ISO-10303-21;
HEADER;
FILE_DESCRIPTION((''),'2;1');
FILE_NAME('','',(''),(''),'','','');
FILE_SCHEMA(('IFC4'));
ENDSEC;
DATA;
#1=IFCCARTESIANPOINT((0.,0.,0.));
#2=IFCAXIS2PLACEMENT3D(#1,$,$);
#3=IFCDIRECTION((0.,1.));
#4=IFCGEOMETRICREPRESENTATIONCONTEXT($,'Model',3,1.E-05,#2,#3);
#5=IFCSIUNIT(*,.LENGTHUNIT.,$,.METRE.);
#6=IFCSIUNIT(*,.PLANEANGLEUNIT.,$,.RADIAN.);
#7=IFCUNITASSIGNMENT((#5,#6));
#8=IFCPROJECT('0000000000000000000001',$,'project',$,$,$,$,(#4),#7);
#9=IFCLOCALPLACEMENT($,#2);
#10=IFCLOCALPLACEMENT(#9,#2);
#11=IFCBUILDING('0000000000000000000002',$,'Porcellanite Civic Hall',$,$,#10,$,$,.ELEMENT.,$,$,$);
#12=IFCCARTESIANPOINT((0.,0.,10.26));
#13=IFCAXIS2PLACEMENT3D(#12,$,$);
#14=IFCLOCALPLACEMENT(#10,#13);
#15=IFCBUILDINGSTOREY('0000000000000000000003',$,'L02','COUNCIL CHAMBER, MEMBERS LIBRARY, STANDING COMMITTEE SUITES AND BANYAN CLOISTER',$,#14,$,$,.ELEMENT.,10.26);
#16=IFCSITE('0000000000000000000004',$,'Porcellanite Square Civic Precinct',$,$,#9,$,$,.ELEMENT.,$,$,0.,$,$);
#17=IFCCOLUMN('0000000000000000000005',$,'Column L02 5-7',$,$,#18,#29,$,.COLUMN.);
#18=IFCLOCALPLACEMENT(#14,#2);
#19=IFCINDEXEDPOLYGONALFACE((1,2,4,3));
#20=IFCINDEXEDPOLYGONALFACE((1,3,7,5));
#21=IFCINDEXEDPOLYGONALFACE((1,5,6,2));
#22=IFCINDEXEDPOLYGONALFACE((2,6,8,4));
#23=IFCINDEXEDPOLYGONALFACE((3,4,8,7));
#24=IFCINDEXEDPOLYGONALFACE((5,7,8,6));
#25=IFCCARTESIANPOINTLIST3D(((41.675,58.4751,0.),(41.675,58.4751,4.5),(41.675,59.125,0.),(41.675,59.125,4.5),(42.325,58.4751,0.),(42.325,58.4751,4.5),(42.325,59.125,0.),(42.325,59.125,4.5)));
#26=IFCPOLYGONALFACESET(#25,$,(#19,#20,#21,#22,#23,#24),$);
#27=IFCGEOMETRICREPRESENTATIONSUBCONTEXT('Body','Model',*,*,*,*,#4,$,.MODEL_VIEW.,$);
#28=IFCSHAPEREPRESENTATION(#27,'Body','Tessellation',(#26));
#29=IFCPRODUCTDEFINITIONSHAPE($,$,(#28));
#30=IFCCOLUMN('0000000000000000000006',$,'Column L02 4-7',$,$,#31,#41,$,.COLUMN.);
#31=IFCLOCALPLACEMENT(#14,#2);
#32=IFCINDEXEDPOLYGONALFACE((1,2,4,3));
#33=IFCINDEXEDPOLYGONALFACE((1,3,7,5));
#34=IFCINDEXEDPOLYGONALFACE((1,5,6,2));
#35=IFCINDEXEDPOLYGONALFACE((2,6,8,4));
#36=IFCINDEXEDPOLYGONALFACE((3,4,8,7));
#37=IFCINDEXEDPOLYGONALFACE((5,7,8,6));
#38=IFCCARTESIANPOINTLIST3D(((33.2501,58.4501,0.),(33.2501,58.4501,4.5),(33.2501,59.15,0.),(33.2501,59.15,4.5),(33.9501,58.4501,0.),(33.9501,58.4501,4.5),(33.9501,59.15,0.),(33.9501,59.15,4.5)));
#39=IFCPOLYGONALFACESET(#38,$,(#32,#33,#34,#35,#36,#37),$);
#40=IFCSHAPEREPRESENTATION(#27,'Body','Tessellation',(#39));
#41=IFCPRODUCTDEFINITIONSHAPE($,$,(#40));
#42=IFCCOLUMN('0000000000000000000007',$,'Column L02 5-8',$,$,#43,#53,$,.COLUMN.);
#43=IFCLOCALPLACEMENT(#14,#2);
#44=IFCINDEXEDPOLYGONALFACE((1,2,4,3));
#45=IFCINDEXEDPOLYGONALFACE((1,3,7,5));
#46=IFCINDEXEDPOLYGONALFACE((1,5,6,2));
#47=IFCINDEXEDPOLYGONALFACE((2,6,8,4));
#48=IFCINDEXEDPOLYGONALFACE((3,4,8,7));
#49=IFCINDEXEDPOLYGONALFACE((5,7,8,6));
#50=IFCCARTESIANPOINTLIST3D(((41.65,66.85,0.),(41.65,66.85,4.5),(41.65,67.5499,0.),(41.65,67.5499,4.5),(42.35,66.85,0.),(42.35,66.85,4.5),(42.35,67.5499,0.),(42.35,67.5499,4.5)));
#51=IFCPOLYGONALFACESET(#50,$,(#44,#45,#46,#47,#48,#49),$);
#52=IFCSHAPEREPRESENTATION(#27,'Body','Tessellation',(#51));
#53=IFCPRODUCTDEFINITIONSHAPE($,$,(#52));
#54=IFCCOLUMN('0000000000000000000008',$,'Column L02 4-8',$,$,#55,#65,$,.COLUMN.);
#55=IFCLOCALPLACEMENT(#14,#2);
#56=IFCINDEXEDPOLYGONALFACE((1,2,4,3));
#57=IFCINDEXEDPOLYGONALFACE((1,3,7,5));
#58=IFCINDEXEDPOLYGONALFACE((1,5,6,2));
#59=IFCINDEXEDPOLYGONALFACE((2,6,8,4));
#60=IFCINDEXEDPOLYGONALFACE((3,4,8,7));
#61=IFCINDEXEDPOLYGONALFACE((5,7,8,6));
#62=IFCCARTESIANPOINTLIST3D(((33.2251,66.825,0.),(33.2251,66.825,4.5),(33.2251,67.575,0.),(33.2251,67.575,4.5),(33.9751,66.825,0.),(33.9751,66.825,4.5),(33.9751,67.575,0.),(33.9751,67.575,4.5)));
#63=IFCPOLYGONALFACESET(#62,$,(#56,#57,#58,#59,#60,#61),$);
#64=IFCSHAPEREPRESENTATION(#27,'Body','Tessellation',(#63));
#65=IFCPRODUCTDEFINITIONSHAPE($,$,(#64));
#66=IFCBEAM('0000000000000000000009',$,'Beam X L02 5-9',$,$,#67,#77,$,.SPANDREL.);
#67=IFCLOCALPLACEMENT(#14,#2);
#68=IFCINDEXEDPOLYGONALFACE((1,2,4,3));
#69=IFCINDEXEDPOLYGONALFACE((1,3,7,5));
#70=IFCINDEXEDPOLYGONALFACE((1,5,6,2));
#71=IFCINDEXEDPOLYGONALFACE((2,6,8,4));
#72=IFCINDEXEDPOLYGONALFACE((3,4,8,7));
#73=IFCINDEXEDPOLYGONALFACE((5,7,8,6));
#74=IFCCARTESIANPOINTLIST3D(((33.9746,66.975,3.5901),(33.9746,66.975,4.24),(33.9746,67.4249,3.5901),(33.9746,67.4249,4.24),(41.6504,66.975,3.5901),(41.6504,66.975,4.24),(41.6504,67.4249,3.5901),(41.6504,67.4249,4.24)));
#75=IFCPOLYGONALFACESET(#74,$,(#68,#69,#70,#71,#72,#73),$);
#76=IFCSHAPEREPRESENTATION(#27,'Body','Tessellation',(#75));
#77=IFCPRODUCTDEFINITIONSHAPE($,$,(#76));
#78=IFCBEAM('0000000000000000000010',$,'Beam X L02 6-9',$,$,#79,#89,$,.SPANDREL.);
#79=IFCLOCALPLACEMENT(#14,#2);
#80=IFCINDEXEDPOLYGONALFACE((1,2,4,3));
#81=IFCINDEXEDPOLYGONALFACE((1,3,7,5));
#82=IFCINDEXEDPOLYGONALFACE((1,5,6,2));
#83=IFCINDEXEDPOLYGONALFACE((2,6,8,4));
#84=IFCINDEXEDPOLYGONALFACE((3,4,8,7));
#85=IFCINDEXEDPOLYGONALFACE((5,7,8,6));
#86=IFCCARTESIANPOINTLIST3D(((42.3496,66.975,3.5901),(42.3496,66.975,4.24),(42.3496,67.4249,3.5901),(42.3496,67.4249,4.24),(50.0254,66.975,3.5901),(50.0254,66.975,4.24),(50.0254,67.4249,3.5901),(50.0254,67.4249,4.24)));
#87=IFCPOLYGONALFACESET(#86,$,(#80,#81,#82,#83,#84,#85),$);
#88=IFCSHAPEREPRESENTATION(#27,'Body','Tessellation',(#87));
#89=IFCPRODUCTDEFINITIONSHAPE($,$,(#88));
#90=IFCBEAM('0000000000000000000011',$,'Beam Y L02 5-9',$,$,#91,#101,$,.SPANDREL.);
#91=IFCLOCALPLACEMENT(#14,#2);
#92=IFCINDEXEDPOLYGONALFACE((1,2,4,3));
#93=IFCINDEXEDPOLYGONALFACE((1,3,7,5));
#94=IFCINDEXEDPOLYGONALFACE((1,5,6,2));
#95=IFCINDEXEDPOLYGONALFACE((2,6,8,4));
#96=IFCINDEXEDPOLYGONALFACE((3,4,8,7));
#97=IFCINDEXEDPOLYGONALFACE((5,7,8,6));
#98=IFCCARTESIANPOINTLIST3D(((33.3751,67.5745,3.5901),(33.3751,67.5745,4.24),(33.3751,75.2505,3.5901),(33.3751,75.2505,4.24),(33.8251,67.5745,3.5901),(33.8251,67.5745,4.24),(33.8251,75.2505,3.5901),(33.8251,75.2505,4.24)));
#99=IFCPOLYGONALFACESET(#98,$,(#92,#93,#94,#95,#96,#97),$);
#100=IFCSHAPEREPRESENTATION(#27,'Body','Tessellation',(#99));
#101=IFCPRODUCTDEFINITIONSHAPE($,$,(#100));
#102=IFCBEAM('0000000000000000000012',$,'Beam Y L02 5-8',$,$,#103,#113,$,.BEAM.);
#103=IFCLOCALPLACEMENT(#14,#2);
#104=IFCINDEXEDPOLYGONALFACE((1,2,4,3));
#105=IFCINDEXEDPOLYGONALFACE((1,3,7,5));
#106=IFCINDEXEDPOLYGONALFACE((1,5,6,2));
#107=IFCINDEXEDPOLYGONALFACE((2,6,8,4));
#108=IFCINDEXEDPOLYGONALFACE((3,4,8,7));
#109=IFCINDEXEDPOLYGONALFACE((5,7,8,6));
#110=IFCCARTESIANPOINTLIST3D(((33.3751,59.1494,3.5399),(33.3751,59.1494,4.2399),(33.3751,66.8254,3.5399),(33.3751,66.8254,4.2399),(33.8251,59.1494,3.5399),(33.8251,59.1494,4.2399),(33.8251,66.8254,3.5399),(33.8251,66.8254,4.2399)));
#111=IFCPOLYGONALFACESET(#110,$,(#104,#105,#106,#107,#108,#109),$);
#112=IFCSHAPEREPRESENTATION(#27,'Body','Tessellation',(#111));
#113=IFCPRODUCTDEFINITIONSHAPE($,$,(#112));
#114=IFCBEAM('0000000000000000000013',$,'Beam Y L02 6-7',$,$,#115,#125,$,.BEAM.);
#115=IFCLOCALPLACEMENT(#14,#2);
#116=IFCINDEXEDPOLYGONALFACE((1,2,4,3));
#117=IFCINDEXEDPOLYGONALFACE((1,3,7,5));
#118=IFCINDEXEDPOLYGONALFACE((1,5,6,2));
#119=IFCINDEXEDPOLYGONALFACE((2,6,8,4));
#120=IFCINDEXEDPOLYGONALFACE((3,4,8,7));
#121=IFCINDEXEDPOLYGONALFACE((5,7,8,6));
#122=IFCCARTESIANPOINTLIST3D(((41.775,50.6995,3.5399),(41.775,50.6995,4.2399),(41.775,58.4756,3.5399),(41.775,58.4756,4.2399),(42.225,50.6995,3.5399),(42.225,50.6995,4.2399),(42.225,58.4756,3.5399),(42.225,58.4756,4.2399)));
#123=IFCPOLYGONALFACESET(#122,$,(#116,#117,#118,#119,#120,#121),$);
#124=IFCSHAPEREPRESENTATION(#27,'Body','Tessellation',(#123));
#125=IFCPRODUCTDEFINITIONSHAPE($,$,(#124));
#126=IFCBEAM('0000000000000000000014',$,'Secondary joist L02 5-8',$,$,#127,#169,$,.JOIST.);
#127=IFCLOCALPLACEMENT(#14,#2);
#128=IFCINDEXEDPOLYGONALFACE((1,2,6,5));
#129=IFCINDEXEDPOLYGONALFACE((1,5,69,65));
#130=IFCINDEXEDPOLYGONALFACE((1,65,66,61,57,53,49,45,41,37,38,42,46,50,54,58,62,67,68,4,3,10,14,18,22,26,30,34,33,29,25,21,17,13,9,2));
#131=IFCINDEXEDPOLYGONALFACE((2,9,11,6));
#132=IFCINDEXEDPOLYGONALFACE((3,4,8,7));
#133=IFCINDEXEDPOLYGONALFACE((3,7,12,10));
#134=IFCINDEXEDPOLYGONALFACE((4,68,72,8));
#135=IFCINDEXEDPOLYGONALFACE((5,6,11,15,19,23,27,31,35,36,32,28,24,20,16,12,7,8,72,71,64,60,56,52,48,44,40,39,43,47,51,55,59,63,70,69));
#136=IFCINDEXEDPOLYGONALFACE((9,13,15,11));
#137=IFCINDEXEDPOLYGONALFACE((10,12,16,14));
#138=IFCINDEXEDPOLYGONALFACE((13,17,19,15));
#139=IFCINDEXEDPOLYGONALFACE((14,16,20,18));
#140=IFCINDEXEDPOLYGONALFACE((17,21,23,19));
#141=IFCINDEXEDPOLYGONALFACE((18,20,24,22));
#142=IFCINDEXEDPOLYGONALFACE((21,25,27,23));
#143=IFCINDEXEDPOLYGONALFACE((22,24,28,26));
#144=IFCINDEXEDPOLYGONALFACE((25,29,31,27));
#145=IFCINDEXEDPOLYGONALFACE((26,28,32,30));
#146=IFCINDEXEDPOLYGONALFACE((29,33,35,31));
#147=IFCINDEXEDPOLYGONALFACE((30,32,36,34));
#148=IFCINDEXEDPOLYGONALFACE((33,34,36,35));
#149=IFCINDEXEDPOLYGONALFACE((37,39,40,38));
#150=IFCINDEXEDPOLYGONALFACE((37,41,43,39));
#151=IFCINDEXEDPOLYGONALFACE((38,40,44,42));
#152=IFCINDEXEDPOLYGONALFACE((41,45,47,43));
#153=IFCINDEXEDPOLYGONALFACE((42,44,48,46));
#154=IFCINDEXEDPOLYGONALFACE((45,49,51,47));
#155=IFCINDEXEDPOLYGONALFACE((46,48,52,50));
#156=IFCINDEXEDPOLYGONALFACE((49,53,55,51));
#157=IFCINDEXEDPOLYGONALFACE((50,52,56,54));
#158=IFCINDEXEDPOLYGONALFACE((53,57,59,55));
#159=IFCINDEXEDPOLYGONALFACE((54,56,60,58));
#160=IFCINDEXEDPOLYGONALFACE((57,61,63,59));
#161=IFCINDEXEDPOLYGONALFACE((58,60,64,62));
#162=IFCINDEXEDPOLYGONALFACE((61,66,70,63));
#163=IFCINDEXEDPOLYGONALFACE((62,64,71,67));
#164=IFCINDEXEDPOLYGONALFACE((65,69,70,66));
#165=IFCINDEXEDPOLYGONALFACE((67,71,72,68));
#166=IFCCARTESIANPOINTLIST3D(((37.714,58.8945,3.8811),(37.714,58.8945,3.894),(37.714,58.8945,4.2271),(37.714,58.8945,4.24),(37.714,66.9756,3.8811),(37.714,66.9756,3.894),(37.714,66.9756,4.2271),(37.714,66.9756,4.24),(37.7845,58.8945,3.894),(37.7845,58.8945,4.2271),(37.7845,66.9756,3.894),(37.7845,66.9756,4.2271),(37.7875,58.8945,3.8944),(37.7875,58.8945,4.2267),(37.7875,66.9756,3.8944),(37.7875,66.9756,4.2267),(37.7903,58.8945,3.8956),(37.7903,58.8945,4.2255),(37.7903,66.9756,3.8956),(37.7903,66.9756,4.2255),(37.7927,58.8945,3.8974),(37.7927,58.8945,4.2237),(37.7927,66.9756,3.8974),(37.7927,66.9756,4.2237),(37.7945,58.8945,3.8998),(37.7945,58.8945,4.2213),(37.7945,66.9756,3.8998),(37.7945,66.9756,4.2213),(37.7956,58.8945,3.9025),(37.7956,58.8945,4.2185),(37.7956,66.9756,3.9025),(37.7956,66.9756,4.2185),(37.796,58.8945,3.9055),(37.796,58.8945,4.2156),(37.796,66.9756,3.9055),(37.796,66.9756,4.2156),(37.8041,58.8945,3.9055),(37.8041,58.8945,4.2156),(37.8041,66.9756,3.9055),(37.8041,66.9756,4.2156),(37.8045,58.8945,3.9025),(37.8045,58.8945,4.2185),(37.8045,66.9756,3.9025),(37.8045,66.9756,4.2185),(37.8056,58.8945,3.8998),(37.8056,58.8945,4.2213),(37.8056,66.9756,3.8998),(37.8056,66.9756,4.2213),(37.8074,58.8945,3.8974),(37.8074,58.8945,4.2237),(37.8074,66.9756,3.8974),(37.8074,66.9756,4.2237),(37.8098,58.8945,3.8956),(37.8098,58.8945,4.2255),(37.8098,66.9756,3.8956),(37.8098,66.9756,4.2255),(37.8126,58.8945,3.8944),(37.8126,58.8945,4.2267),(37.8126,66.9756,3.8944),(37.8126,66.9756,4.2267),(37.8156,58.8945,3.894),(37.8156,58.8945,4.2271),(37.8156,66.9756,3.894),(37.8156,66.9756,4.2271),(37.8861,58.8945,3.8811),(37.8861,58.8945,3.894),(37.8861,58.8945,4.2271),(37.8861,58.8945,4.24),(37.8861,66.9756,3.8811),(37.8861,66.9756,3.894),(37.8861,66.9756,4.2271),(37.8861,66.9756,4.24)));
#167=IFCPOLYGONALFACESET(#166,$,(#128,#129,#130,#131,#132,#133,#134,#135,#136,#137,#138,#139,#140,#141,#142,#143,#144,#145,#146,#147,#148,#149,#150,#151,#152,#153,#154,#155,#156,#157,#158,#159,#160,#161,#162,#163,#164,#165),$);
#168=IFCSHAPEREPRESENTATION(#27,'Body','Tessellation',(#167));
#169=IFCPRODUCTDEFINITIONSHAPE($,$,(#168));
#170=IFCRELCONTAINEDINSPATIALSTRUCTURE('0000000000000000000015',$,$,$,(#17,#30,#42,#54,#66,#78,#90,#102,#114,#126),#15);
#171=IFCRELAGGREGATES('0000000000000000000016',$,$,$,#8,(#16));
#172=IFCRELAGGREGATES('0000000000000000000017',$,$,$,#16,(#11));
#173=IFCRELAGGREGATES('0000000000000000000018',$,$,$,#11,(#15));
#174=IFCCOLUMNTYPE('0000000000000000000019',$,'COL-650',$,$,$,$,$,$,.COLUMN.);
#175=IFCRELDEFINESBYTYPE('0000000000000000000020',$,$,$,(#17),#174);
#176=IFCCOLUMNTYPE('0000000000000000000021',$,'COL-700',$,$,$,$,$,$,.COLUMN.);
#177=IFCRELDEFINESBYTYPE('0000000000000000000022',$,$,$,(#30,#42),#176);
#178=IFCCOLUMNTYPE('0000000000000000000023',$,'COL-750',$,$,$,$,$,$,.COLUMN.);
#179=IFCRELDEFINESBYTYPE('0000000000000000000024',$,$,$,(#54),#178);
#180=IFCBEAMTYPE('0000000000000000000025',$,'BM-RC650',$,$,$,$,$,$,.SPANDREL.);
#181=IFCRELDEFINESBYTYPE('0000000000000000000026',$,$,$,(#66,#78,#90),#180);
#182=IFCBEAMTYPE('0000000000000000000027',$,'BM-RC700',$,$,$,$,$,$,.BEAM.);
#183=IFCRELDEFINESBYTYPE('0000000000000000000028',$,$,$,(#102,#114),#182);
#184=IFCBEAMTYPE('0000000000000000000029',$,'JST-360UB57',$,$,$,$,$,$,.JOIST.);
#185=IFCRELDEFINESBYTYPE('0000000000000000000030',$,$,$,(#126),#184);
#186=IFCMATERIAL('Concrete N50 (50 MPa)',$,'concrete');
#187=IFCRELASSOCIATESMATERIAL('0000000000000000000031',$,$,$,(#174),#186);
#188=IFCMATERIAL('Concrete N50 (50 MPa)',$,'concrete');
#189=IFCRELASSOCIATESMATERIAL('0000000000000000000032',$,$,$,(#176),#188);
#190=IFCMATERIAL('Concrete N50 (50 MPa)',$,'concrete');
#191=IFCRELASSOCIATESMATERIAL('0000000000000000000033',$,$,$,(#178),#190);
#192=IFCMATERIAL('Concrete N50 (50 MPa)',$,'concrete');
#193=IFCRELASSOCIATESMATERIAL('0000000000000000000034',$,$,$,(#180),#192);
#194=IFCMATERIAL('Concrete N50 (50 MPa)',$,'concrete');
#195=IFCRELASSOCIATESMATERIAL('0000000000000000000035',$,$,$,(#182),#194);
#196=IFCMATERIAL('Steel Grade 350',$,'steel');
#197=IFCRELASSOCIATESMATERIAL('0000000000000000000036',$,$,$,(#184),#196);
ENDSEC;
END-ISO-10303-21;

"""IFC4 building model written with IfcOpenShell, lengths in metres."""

from ifc_helpers import new_model, si_unit, direction, frame, origin, origin_2d, place, context, subcontext, project, spatial, rectangle, i_section, extrude, material, material_profile, profile_set, type_object, element, save


model = new_model("IFC4")

# Units and contexts
model_context = context("Model", 3, precision=1e-05, world=origin(), true_north=direction((0.0, 1.0)))
body_context = subcontext(model_context, "Body", "Model", "MODEL_VIEW")
ifc_project = project(units=[si_unit("LENGTHUNIT", "METRE"), si_unit("PLANEANGLEUNIT", "RADIAN")], contexts=[model_context])

# Site, building, storey
site_placement = place(None, origin())
site = spatial("IfcSite", under=ifc_project, at=site_placement, Name="Porcellanite Square Civic Precinct", CompositionType="ELEMENT", RefElevation=0.0)
building_placement = place(site_placement, origin())
building = spatial("IfcBuilding", under=site, at=building_placement, Name="Porcellanite Civic Hall", CompositionType="ELEMENT")
storey_placement = place(building_placement, frame((0.0, 0.0, 10.26)))
storey = spatial("IfcBuildingStorey", under=building, at=storey_placement, Name="L02", Description="COUNCIL CHAMBER, MEMBERS LIBRARY, STANDING COMMITTEE SUITES AND BANYAN CLOISTER", CompositionType="ELEMENT", Elevation=10.26)

# Columns
ifc_material_1 = material(Name="Concrete N50 (50 MPa)", Category="concrete")
ifc_material_profile_1 = material_profile(ifc_material_1, rectangle(XDim=0.6499, YDim=0.6499, at=origin_2d()), Name="RC-650x650")
ifc_profile_set_1 = profile_set([ifc_material_profile_1], Name="Concrete N50 (50 MPa)")
column_type_1 = type_object("IfcColumnType", Name="COL-650", PredefinedType="COLUMN", material=ifc_profile_set_1)
column_1_placement = place(storey_placement, frame((42.0, 58.8, 0.0), z_axis=(0.0, 0.0, 1.0), x_axis=(1.0, 0.0, 0.0)))
element("IfcColumn", 1, at=column_1_placement, inside=storey, type_object=column_type_1, Name="Column L02 5-7", PredefinedType="COLUMN", context=body_context, shape_type="SweptSolid", body=[
    extrude(rectangle(XDim=0.6499, YDim=0.6499, at=origin_2d()), origin(), (0.0, 0.0, 1.0), 4.5),
])
ifc_material_2 = material(Name="Concrete N50 (50 MPa)", Category="concrete")
ifc_material_profile_2 = material_profile(ifc_material_2, rectangle(XDim=0.7, YDim=0.7, at=origin_2d()), Name="RC-700x700")
ifc_profile_set_2 = profile_set([ifc_material_profile_2], Name="Concrete N50 (50 MPa)")
column_type_2 = type_object("IfcColumnType", Name="COL-700", PredefinedType="COLUMN", material=ifc_profile_set_2)
for number, where, z_axis, x_axis, name in (
    (2, (33.6001, 58.8, 0.0), (0.0, 0.0, 1.0), (1.0, 0.0, 0.0), "Column L02 4-7"),
    (3, (42.0, 67.2, 0.0), (0.0, 0.0, 1.0), (1.0, 0.0, 0.0), "Column L02 5-8"),
):
    element("IfcColumn", number, at=place(storey_placement, frame(where, z_axis=z_axis, x_axis=x_axis)), inside=storey, type_object=column_type_2, Name=name, PredefinedType="COLUMN", context=body_context, shape_type="SweptSolid", body=[
        extrude(rectangle(XDim=0.7, YDim=0.7, at=origin_2d()), origin(), (0.0, 0.0, 1.0), 4.5),
    ])
ifc_material_3 = material(Name="Concrete N50 (50 MPa)", Category="concrete")
ifc_material_profile_3 = material_profile(ifc_material_3, rectangle(XDim=0.75, YDim=0.75, at=origin_2d()), Name="RC-750x750")
ifc_profile_set_3 = profile_set([ifc_material_profile_3], Name="Concrete N50 (50 MPa)")
column_type_3 = type_object("IfcColumnType", Name="COL-750", PredefinedType="COLUMN", material=ifc_profile_set_3)
column_2_placement = place(storey_placement, frame((33.6001, 67.2, 0.0), z_axis=(0.0, 0.0, 1.0), x_axis=(1.0, 0.0, 0.0)))
element("IfcColumn", 4, at=column_2_placement, inside=storey, type_object=column_type_3, Name="Column L02 4-8", PredefinedType="COLUMN", context=body_context, shape_type="SweptSolid", body=[
    extrude(rectangle(XDim=0.75, YDim=0.75, at=origin_2d()), origin(), (0.0, 0.0, 1.0), 4.5),
])

# Beams
ifc_material_4 = material(Name="Concrete N50 (50 MPa)", Category="concrete")
ifc_material_profile_4 = material_profile(ifc_material_4, rectangle(XDim=0.45, YDim=0.6499, at=origin_2d()), Name="RC-450x650")
ifc_profile_set_4 = profile_set([ifc_material_profile_4], Name="Concrete N50 (50 MPa)")
beam_type_1 = type_object("IfcBeamType", Name="BM-RC650", PredefinedType="SPANDREL", material=ifc_profile_set_4)
for number, where, z_axis, x_axis, name in (
    (5, (33.9746, 67.2, 3.915), (1.0, 0.0, 0.0), (0.0, 1.0, 0.0), "Beam X L02 5-9"),
    (6, (42.3496, 67.2, 3.915), (1.0, 0.0, 0.0), (0.0, 1.0, 0.0), "Beam X L02 6-9"),
):
    element("IfcBeam", number, at=place(storey_placement, frame(where, z_axis=z_axis, x_axis=x_axis)), inside=storey, type_object=beam_type_1, Name=name, PredefinedType="SPANDREL", context=body_context, shape_type="SweptSolid", body=[
        extrude(rectangle(XDim=0.45, YDim=0.6499, at=origin_2d()), origin(), (0.0, 0.0, 1.0), 7.6758),
    ])
beam_1_placement = place(storey_placement, frame((33.6001, 67.5745, 3.915), z_axis=(0.0, 1.0, 0.0), x_axis=(-1.0, 0.0, 0.0)))
element("IfcBeam", 7, at=beam_1_placement, inside=storey, type_object=beam_type_1, Name="Beam Y L02 5-9", PredefinedType="SPANDREL", context=body_context, shape_type="SweptSolid", body=[
    extrude(rectangle(XDim=0.45, YDim=0.6499, at=origin_2d()), origin(), (0.0, 0.0, 1.0), 7.676),
])
ifc_material_5 = material(Name="Concrete N50 (50 MPa)", Category="concrete")
ifc_material_profile_5 = material_profile(ifc_material_5, rectangle(XDim=0.45, YDim=0.7, at=origin_2d()), Name="RC-450x700")
ifc_profile_set_5 = profile_set([ifc_material_profile_5], Name="Concrete N50 (50 MPa)")
beam_type_2 = type_object("IfcBeamType", Name="BM-RC700", PredefinedType="BEAM", material=ifc_profile_set_5)
beam_2_placement = place(storey_placement, frame((33.6001, 59.1494, 3.8899), z_axis=(0.0, 1.0, 0.0), x_axis=(-1.0, 0.0, 0.0)))
element("IfcBeam", 8, at=beam_2_placement, inside=storey, type_object=beam_type_2, Name="Beam Y L02 5-8", PredefinedType="BEAM", context=body_context, shape_type="SweptSolid", body=[
    extrude(rectangle(XDim=0.45, YDim=0.7, at=origin_2d()), origin(), (0.0, 0.0, 1.0), 7.676),
])
beam_3_placement = place(storey_placement, frame((42.0, 50.6995, 3.8899), z_axis=(0.0, 1.0, 0.0), x_axis=(-1.0, 0.0, 0.0)))
element("IfcBeam", 9, at=beam_3_placement, inside=storey, type_object=beam_type_2, Name="Beam Y L02 6-7", PredefinedType="BEAM", context=body_context, shape_type="SweptSolid", body=[
    extrude(rectangle(XDim=0.45, YDim=0.7, at=origin_2d()), origin(), (0.0, 0.0, 1.0), 7.7761),
])
ifc_material_6 = material(Name="Steel Grade 350", Category="steel")
ifc_material_profile_6 = material_profile(ifc_material_6, i_section(OverallWidth=0.1721, OverallDepth=0.3589, WebThickness=0.0081, FlangeThickness=0.0129, FilletRadius=0.0115, at=origin_2d()), Name="360UB56.7")
ifc_profile_set_6 = profile_set([ifc_material_profile_6], Name="Steel Grade 350")
beam_type_3 = type_object("IfcBeamType", Name="JST-360UB57", PredefinedType="JOIST", material=ifc_profile_set_6)
beam_4_placement = place(storey_placement, frame((37.8, 58.8945, 4.0605), z_axis=(0.0, 1.0, 0.0), x_axis=(-1.0, 0.0, 0.0)))
element("IfcBeam", 10, at=beam_4_placement, inside=storey, type_object=beam_type_3, Name="Secondary joist L02 5-8", PredefinedType="JOIST", context=body_context, shape_type="SweptSolid", body=[
    extrude(i_section(OverallWidth=0.1721, OverallDepth=0.3589, WebThickness=0.0081, FlangeThickness=0.0129, FilletRadius=0.0115, at=origin_2d()), origin(), (0.0, 0.0, 1.0), 8.0811),
])

save(model, "model.ifc")
